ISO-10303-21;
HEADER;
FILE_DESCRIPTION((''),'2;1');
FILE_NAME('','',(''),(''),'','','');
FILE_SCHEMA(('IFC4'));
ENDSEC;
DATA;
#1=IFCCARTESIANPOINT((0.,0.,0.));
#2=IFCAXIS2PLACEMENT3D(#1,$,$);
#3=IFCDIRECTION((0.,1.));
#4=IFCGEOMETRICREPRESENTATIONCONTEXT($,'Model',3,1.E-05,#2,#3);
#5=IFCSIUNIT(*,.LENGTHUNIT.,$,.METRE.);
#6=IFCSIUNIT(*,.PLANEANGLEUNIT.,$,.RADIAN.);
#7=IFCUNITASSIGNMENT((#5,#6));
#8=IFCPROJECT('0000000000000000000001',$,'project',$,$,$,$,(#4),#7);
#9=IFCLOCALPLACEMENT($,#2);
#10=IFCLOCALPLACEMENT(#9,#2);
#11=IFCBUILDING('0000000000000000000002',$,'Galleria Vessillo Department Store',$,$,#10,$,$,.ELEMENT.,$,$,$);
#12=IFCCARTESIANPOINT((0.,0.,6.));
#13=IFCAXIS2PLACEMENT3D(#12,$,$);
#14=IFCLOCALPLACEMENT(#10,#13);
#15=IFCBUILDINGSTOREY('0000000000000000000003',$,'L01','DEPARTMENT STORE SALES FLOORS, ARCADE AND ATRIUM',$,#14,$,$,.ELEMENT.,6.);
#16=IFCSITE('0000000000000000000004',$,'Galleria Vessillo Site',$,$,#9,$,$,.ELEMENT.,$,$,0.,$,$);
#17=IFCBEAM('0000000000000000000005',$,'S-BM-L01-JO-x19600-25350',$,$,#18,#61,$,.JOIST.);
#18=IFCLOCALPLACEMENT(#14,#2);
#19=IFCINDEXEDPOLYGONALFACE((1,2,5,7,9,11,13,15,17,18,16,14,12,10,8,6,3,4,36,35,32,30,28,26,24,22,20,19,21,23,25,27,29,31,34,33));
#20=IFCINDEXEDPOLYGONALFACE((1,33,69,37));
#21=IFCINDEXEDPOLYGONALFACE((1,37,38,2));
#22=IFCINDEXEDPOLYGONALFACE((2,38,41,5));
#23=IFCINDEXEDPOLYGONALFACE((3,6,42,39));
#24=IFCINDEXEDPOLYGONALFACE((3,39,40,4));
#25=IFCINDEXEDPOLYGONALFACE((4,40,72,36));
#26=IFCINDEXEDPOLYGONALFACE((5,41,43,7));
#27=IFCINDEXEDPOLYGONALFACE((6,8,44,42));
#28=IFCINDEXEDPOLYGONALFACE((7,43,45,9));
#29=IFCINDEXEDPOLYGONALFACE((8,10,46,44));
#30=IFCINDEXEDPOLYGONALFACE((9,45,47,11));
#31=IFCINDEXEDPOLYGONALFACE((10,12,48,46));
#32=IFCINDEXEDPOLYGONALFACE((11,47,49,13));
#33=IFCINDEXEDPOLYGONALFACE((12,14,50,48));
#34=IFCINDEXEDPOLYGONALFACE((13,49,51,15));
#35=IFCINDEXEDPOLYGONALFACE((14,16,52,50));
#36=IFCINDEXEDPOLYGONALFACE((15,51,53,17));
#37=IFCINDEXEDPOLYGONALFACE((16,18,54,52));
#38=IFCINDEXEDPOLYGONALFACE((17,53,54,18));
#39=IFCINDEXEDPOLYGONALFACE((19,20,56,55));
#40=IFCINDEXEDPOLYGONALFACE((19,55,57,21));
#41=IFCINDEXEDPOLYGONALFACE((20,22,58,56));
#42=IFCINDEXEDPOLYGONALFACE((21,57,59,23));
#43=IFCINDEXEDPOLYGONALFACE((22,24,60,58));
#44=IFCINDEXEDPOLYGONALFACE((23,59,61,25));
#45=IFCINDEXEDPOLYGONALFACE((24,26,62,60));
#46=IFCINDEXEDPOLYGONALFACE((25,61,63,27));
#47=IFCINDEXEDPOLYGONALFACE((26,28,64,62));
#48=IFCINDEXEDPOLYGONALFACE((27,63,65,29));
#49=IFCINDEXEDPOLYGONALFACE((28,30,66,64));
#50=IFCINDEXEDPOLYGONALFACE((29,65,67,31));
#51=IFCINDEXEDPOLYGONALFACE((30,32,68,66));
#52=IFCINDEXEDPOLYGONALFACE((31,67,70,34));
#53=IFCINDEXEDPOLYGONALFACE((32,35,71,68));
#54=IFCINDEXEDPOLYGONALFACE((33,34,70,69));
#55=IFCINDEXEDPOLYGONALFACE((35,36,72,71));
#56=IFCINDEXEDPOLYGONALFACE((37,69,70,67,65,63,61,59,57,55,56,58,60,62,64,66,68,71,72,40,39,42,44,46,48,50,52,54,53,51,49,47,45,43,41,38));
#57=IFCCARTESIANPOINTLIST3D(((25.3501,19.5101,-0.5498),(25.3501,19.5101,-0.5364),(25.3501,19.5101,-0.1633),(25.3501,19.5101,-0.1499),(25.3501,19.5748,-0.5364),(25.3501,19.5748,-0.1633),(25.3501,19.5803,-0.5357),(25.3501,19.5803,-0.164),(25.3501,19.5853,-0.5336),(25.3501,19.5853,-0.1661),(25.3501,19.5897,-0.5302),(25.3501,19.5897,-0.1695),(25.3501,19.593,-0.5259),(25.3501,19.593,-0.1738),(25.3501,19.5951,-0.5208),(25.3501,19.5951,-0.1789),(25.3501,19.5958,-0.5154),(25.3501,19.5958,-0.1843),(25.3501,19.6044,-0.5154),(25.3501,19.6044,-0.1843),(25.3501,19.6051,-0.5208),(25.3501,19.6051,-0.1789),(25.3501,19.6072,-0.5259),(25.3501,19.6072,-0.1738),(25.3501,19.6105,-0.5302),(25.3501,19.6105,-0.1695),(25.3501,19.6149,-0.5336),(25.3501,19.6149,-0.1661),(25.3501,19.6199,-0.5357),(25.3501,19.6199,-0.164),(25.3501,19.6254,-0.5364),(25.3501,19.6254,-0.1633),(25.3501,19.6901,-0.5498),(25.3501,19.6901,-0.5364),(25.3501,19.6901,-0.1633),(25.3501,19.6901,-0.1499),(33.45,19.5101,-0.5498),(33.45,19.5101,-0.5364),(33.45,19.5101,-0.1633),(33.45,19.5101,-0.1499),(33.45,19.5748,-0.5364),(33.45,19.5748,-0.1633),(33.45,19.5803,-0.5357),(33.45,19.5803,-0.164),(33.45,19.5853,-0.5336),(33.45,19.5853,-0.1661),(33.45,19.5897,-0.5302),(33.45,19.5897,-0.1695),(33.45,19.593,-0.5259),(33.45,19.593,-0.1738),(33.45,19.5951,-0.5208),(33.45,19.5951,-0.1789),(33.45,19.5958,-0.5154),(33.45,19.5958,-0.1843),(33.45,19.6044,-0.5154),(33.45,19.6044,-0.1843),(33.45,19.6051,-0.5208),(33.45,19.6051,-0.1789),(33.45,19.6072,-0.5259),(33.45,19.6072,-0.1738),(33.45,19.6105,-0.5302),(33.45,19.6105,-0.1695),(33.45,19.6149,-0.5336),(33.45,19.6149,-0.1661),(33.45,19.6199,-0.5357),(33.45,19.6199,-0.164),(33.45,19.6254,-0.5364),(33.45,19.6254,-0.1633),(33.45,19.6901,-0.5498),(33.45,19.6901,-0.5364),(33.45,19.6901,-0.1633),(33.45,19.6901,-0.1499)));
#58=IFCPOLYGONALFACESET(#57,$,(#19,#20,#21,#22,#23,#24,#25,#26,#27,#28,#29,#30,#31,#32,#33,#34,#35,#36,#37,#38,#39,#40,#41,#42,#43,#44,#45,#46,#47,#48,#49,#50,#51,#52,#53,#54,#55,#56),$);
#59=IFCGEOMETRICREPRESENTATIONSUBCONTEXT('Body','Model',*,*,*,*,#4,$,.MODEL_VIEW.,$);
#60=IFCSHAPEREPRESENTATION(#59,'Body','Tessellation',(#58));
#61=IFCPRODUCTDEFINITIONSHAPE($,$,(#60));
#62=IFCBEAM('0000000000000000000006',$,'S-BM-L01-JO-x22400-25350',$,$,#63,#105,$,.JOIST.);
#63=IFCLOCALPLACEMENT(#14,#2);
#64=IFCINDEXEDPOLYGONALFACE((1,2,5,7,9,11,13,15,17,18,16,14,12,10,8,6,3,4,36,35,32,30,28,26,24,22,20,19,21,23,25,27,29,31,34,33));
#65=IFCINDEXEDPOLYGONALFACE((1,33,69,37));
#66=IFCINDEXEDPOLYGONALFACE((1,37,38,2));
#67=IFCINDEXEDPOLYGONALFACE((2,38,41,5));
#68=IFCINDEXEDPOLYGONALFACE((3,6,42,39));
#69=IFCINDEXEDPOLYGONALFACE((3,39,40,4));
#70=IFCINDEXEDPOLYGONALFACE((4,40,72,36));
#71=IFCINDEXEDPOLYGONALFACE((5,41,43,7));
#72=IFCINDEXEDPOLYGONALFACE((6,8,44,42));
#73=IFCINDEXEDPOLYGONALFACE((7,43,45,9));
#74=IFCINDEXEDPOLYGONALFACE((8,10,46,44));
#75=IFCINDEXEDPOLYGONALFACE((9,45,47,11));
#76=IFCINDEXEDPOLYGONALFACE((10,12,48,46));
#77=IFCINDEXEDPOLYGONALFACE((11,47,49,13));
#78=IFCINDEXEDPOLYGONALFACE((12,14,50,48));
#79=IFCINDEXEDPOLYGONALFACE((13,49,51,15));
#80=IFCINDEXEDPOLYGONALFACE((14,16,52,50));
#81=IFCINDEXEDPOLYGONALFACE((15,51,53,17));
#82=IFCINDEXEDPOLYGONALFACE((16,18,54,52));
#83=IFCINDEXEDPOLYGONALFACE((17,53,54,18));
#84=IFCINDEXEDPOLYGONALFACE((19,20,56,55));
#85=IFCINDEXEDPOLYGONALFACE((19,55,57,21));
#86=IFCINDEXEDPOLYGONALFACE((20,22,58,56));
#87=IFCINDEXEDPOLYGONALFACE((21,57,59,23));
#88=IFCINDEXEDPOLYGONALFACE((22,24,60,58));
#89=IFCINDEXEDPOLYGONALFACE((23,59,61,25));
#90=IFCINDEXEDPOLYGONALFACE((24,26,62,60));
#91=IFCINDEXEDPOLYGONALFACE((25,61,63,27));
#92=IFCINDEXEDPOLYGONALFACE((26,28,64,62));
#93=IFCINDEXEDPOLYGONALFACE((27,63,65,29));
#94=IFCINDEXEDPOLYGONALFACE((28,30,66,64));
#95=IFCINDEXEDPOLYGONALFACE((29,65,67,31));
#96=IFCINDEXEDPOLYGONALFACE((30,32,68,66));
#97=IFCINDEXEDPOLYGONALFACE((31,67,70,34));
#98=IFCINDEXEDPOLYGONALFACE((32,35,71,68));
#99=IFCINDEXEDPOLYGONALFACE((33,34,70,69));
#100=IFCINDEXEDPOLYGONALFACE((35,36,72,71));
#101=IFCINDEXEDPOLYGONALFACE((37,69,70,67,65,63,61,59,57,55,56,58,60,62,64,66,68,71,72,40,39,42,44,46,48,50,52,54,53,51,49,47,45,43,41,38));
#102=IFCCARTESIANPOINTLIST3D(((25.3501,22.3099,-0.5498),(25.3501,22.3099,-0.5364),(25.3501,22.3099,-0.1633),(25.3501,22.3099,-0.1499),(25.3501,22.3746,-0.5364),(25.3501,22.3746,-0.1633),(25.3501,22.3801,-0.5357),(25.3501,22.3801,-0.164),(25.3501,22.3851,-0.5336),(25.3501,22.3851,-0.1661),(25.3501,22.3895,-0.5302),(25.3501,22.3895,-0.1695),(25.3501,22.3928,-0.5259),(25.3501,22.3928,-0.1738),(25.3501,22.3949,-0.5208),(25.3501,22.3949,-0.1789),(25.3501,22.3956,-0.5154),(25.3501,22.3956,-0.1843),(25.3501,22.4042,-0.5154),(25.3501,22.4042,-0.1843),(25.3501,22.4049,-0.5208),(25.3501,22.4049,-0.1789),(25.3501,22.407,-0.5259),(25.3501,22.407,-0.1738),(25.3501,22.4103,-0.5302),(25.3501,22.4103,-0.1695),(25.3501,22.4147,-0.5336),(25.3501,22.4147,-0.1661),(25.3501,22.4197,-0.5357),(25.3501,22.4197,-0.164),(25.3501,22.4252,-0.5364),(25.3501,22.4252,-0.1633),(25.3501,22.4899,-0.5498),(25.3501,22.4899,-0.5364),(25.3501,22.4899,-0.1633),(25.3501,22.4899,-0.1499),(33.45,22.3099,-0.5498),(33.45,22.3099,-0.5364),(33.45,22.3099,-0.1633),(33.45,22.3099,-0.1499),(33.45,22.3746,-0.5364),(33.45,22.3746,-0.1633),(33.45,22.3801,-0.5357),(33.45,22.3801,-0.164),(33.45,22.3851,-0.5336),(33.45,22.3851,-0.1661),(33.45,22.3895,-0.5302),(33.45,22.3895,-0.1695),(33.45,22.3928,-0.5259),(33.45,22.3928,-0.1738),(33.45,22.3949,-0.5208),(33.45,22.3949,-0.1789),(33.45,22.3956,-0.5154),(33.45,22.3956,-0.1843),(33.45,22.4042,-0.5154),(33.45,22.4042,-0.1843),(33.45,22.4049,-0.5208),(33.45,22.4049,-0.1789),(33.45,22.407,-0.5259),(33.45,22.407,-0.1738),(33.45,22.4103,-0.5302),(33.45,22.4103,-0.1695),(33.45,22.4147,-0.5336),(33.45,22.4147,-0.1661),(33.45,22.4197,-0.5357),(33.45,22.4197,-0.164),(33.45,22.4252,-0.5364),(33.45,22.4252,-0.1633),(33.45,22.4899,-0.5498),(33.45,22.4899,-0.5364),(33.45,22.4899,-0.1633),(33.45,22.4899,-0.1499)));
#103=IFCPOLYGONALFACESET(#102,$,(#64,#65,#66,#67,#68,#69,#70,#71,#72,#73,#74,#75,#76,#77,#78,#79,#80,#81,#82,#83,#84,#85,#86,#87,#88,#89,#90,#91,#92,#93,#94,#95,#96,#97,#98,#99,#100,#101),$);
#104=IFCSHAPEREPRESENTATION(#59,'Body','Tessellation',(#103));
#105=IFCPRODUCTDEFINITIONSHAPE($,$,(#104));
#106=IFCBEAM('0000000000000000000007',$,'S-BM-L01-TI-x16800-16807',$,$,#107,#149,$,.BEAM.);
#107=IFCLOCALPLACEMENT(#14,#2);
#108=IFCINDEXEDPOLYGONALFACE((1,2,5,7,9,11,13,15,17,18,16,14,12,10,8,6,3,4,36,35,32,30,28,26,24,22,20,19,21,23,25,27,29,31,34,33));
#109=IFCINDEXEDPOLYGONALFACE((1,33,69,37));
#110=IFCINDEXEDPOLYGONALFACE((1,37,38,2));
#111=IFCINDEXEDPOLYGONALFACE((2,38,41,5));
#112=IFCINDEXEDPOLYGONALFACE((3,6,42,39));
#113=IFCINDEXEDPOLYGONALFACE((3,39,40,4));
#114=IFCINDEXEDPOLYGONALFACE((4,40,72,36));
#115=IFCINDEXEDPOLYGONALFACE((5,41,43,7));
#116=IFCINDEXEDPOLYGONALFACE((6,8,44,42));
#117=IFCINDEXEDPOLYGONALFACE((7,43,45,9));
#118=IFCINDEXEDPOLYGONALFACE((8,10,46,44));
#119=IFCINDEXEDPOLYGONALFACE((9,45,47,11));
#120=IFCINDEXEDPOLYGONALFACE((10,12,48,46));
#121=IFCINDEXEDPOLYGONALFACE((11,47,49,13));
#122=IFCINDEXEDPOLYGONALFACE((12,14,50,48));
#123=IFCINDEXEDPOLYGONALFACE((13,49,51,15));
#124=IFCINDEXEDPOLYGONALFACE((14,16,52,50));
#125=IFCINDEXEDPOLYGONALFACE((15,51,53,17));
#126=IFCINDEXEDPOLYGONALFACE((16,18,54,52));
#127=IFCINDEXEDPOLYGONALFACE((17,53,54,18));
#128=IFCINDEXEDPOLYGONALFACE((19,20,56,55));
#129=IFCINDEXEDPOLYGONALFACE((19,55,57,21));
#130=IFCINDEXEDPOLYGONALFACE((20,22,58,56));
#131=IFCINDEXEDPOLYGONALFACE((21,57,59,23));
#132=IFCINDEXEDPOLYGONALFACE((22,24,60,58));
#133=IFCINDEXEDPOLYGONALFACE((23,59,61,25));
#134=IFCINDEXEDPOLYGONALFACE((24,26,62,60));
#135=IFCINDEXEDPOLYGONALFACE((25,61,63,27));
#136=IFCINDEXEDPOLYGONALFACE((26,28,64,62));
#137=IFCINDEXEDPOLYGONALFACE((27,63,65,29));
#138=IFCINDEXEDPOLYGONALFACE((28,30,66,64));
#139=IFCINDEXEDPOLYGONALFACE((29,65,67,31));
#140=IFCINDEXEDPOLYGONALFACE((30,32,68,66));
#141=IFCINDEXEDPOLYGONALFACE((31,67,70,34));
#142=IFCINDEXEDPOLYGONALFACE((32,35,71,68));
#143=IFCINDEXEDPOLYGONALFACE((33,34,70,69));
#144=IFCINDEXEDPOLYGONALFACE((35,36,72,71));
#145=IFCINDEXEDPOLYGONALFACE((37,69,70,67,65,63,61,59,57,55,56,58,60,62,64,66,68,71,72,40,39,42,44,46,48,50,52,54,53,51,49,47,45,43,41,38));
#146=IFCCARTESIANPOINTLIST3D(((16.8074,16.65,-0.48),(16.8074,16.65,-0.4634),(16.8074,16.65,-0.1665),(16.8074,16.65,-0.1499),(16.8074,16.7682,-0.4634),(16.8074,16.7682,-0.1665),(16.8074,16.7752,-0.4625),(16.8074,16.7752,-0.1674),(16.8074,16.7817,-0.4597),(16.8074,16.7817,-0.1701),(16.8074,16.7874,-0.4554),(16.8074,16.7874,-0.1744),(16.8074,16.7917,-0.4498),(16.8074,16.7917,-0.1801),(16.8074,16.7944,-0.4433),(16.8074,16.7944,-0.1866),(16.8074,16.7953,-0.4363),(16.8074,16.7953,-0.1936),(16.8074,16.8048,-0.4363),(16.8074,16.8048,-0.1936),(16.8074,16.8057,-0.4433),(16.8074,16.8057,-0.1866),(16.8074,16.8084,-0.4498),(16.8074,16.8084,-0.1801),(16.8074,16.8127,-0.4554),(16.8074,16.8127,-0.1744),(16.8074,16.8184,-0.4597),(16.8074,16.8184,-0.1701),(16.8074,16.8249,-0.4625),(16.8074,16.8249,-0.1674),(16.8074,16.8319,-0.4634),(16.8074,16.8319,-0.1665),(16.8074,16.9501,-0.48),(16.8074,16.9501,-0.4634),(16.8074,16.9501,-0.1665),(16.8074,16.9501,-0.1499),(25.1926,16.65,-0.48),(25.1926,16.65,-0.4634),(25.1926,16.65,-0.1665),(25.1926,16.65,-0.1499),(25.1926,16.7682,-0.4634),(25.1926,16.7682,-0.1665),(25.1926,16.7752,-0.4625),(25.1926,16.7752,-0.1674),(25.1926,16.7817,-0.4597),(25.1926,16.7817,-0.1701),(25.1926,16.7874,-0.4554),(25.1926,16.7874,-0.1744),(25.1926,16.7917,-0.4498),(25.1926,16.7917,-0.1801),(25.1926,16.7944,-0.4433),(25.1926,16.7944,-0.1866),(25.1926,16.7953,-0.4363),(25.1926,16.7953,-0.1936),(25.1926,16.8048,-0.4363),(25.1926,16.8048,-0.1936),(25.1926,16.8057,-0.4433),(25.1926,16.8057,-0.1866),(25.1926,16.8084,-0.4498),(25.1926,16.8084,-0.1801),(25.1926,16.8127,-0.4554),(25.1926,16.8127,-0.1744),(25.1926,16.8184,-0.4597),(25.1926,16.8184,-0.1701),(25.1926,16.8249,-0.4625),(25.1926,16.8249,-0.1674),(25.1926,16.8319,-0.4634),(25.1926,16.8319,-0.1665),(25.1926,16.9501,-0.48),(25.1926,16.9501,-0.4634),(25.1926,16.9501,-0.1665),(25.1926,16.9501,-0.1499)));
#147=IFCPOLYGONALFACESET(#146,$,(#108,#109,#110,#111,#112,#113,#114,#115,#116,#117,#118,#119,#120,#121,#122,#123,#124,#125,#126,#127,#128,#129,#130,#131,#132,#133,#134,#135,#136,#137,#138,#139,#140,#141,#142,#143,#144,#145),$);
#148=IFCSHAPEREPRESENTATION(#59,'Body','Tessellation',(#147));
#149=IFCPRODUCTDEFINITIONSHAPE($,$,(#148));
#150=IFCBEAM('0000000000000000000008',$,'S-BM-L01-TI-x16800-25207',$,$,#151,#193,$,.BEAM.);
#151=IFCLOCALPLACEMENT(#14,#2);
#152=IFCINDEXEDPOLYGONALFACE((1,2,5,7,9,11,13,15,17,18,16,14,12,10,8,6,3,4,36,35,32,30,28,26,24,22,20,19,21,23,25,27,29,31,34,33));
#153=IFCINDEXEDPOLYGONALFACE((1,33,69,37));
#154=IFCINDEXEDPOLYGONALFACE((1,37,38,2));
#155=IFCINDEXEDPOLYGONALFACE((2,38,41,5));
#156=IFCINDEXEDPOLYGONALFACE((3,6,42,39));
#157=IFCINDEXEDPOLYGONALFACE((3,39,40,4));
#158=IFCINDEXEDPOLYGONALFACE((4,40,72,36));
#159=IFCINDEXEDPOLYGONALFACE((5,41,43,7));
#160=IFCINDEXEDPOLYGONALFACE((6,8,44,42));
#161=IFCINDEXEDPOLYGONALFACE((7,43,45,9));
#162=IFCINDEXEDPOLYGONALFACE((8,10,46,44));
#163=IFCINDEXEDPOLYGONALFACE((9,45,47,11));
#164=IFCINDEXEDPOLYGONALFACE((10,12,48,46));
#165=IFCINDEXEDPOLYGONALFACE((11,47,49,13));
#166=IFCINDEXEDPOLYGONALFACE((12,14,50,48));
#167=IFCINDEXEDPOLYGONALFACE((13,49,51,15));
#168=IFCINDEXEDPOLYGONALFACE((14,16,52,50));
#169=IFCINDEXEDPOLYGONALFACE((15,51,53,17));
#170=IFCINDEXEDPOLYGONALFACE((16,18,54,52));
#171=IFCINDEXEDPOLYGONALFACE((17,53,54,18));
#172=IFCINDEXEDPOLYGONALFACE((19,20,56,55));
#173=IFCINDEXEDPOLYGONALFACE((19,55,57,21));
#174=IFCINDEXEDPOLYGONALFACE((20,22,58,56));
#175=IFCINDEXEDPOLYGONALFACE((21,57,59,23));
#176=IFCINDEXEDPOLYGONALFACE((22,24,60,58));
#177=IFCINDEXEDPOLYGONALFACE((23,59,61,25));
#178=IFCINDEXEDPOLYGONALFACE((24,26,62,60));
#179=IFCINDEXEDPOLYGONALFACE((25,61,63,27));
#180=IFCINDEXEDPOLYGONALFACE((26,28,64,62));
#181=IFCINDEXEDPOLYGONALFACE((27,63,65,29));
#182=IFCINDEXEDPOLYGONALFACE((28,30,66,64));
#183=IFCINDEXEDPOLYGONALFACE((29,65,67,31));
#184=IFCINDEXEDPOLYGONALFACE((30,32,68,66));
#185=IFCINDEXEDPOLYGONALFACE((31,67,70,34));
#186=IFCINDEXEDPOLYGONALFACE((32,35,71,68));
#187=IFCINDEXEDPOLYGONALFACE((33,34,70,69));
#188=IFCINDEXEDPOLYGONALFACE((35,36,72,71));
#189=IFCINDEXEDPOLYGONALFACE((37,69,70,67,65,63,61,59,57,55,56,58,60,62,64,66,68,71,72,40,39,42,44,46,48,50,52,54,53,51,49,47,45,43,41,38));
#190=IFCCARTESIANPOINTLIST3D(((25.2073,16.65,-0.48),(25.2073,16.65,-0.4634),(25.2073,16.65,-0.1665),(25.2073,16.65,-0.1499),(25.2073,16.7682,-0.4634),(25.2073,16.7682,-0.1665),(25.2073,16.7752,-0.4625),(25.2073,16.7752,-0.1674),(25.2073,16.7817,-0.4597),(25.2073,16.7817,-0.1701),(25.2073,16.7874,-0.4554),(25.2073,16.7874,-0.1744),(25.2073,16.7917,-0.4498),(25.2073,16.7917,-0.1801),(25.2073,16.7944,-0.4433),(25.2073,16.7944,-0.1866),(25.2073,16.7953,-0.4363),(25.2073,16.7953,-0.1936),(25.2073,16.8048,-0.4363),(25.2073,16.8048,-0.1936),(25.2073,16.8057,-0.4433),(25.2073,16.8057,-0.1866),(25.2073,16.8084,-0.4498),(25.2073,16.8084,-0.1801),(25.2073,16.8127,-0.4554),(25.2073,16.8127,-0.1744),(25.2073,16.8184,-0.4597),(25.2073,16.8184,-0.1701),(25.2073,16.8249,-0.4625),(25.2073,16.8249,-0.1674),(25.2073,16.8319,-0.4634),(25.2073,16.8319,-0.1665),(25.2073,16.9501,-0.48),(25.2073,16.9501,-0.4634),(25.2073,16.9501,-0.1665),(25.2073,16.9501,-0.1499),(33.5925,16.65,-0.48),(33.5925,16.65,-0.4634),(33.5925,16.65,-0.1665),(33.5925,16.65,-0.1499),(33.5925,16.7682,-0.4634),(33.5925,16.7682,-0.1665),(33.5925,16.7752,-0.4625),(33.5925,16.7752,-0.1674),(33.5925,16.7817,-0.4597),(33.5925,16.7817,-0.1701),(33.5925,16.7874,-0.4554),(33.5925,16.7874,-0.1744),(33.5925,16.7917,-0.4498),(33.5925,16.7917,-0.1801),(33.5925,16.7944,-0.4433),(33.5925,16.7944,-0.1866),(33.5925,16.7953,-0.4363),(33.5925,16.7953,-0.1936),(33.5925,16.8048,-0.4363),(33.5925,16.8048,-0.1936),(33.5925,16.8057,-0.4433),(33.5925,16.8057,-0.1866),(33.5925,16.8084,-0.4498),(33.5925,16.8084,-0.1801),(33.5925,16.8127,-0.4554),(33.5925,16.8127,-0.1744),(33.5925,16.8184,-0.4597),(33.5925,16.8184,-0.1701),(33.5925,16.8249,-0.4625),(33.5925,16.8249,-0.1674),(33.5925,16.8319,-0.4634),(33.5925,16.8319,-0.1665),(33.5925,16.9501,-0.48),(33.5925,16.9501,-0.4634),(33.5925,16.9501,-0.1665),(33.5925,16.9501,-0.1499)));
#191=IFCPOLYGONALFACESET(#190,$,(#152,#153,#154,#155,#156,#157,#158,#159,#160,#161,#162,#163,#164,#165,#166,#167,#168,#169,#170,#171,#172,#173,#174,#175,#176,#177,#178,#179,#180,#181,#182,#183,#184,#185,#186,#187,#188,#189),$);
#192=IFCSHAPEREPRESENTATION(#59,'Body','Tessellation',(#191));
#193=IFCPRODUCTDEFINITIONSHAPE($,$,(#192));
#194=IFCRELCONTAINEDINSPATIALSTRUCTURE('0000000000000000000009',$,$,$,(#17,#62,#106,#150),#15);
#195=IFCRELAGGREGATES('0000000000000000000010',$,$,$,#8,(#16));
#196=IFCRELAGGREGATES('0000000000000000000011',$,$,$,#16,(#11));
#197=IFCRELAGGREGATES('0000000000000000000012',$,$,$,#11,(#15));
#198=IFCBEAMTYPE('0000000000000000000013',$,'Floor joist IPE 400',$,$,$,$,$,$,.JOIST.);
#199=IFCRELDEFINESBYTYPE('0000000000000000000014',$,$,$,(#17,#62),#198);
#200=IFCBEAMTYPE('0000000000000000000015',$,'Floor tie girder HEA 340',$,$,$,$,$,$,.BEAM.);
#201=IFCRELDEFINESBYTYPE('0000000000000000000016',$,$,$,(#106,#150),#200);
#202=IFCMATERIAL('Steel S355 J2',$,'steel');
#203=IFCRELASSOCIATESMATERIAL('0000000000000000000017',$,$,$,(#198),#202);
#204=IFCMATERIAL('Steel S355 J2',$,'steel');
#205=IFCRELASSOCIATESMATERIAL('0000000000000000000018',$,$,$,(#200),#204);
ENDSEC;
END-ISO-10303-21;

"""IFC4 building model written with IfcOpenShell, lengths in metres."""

from ifc_helpers import new_model, si_unit, direction, frame, origin, origin_2d, place, context, subcontext, project, spatial, i_section, extrude, material, material_profile, profile_set, type_object, element, save


model = new_model("IFC4")

# Units and contexts
model_context = context("Model", 3, precision=1e-05, world=origin(), true_north=direction((0.0, 1.0)))
body_context = subcontext(model_context, "Body", "Model", "MODEL_VIEW")
ifc_project = project(units=[si_unit("LENGTHUNIT", "METRE"), si_unit("PLANEANGLEUNIT", "RADIAN")], contexts=[model_context])

# Site, building, storey
site_placement = place(None, origin())
site = spatial("IfcSite", under=ifc_project, at=site_placement, Name="Galleria Vessillo Site", CompositionType="ELEMENT", RefElevation=0.0)
building_placement = place(site_placement, origin())
building = spatial("IfcBuilding", under=site, at=building_placement, Name="Galleria Vessillo Department Store", CompositionType="ELEMENT")
storey_placement = place(building_placement, frame((0.0, 0.0, 6.0)))
storey = spatial("IfcBuildingStorey", under=building, at=storey_placement, Name="L01", Description="DEPARTMENT STORE SALES FLOORS, ARCADE AND ATRIUM", CompositionType="ELEMENT", Elevation=6.0)

# Beams
ifc_material_1 = material(Name="Steel S355 J2", Category="steel")
ifc_material_profile_1 = material_profile(ifc_material_1, i_section(OverallWidth=0.1799, OverallDepth=0.3999, WebThickness=0.0085, FlangeThickness=0.0134, FilletRadius=0.021, at=origin_2d()), Name="IPE 400")
ifc_profile_set_1 = profile_set([ifc_material_profile_1], Name="Steel S355 J2")
beam_type_1 = type_object("IfcBeamType", Name="Floor joist IPE 400", PredefinedType="JOIST", material=ifc_profile_set_1)
for number, where, z_axis, x_axis, name in (
    (1, (25.3501, 19.6001, -0.3499), (1.0, 0.0, 0.0), (0.0, 1.0, 0.0), "S-BM-L01-JO-x19600-25350"),
    (2, (25.3501, 22.3999, -0.3499), (1.0, 0.0, 0.0), (0.0, 1.0, 0.0), "S-BM-L01-JO-x22400-25350"),
):
    element("IfcBeam", number, at=place(storey_placement, frame(where, z_axis=z_axis, x_axis=x_axis)), inside=storey, type_object=beam_type_1, Name=name, PredefinedType="JOIST", context=body_context, shape_type="SweptSolid", body=[
        extrude(i_section(OverallWidth=0.1799, OverallDepth=0.3999, WebThickness=0.0085, FlangeThickness=0.0134, FilletRadius=0.021, at=origin_2d()), origin(), (0.0, 0.0, 1.0), 8.0999),
    ])
ifc_material_2 = material(Name="Steel S355 J2", Category="steel")
ifc_material_profile_2 = material_profile(ifc_material_2, i_section(OverallWidth=0.3, OverallDepth=0.3301, WebThickness=0.0095, FlangeThickness=0.0166, FilletRadius=0.0271, at=origin_2d()), Name="HEA 340")
ifc_profile_set_2 = profile_set([ifc_material_profile_2], Name="Steel S355 J2")
beam_type_2 = type_object("IfcBeamType", Name="Floor tie girder HEA 340", PredefinedType="BEAM", material=ifc_profile_set_2)
for number, where, z_axis, x_axis, name in (
    (3, (16.8074, 16.8, -0.3149), (1.0, 0.0, 0.0), (0.0, 1.0, 0.0), "S-BM-L01-TI-x16800-16807"),
    (4, (25.2073, 16.8, -0.3149), (1.0, 0.0, 0.0), (0.0, 1.0, 0.0), "S-BM-L01-TI-x16800-25207"),
):
    element("IfcBeam", number, at=place(storey_placement, frame(where, z_axis=z_axis, x_axis=x_axis)), inside=storey, type_object=beam_type_2, Name=name, PredefinedType="BEAM", context=body_context, shape_type="SweptSolid", body=[
        extrude(i_section(OverallWidth=0.3, OverallDepth=0.3301, WebThickness=0.0095, FlangeThickness=0.0166, FilletRadius=0.0271, at=origin_2d()), origin(), (0.0, 0.0, 1.0), 8.3853),
    ])

save(model, "model.ifc")
